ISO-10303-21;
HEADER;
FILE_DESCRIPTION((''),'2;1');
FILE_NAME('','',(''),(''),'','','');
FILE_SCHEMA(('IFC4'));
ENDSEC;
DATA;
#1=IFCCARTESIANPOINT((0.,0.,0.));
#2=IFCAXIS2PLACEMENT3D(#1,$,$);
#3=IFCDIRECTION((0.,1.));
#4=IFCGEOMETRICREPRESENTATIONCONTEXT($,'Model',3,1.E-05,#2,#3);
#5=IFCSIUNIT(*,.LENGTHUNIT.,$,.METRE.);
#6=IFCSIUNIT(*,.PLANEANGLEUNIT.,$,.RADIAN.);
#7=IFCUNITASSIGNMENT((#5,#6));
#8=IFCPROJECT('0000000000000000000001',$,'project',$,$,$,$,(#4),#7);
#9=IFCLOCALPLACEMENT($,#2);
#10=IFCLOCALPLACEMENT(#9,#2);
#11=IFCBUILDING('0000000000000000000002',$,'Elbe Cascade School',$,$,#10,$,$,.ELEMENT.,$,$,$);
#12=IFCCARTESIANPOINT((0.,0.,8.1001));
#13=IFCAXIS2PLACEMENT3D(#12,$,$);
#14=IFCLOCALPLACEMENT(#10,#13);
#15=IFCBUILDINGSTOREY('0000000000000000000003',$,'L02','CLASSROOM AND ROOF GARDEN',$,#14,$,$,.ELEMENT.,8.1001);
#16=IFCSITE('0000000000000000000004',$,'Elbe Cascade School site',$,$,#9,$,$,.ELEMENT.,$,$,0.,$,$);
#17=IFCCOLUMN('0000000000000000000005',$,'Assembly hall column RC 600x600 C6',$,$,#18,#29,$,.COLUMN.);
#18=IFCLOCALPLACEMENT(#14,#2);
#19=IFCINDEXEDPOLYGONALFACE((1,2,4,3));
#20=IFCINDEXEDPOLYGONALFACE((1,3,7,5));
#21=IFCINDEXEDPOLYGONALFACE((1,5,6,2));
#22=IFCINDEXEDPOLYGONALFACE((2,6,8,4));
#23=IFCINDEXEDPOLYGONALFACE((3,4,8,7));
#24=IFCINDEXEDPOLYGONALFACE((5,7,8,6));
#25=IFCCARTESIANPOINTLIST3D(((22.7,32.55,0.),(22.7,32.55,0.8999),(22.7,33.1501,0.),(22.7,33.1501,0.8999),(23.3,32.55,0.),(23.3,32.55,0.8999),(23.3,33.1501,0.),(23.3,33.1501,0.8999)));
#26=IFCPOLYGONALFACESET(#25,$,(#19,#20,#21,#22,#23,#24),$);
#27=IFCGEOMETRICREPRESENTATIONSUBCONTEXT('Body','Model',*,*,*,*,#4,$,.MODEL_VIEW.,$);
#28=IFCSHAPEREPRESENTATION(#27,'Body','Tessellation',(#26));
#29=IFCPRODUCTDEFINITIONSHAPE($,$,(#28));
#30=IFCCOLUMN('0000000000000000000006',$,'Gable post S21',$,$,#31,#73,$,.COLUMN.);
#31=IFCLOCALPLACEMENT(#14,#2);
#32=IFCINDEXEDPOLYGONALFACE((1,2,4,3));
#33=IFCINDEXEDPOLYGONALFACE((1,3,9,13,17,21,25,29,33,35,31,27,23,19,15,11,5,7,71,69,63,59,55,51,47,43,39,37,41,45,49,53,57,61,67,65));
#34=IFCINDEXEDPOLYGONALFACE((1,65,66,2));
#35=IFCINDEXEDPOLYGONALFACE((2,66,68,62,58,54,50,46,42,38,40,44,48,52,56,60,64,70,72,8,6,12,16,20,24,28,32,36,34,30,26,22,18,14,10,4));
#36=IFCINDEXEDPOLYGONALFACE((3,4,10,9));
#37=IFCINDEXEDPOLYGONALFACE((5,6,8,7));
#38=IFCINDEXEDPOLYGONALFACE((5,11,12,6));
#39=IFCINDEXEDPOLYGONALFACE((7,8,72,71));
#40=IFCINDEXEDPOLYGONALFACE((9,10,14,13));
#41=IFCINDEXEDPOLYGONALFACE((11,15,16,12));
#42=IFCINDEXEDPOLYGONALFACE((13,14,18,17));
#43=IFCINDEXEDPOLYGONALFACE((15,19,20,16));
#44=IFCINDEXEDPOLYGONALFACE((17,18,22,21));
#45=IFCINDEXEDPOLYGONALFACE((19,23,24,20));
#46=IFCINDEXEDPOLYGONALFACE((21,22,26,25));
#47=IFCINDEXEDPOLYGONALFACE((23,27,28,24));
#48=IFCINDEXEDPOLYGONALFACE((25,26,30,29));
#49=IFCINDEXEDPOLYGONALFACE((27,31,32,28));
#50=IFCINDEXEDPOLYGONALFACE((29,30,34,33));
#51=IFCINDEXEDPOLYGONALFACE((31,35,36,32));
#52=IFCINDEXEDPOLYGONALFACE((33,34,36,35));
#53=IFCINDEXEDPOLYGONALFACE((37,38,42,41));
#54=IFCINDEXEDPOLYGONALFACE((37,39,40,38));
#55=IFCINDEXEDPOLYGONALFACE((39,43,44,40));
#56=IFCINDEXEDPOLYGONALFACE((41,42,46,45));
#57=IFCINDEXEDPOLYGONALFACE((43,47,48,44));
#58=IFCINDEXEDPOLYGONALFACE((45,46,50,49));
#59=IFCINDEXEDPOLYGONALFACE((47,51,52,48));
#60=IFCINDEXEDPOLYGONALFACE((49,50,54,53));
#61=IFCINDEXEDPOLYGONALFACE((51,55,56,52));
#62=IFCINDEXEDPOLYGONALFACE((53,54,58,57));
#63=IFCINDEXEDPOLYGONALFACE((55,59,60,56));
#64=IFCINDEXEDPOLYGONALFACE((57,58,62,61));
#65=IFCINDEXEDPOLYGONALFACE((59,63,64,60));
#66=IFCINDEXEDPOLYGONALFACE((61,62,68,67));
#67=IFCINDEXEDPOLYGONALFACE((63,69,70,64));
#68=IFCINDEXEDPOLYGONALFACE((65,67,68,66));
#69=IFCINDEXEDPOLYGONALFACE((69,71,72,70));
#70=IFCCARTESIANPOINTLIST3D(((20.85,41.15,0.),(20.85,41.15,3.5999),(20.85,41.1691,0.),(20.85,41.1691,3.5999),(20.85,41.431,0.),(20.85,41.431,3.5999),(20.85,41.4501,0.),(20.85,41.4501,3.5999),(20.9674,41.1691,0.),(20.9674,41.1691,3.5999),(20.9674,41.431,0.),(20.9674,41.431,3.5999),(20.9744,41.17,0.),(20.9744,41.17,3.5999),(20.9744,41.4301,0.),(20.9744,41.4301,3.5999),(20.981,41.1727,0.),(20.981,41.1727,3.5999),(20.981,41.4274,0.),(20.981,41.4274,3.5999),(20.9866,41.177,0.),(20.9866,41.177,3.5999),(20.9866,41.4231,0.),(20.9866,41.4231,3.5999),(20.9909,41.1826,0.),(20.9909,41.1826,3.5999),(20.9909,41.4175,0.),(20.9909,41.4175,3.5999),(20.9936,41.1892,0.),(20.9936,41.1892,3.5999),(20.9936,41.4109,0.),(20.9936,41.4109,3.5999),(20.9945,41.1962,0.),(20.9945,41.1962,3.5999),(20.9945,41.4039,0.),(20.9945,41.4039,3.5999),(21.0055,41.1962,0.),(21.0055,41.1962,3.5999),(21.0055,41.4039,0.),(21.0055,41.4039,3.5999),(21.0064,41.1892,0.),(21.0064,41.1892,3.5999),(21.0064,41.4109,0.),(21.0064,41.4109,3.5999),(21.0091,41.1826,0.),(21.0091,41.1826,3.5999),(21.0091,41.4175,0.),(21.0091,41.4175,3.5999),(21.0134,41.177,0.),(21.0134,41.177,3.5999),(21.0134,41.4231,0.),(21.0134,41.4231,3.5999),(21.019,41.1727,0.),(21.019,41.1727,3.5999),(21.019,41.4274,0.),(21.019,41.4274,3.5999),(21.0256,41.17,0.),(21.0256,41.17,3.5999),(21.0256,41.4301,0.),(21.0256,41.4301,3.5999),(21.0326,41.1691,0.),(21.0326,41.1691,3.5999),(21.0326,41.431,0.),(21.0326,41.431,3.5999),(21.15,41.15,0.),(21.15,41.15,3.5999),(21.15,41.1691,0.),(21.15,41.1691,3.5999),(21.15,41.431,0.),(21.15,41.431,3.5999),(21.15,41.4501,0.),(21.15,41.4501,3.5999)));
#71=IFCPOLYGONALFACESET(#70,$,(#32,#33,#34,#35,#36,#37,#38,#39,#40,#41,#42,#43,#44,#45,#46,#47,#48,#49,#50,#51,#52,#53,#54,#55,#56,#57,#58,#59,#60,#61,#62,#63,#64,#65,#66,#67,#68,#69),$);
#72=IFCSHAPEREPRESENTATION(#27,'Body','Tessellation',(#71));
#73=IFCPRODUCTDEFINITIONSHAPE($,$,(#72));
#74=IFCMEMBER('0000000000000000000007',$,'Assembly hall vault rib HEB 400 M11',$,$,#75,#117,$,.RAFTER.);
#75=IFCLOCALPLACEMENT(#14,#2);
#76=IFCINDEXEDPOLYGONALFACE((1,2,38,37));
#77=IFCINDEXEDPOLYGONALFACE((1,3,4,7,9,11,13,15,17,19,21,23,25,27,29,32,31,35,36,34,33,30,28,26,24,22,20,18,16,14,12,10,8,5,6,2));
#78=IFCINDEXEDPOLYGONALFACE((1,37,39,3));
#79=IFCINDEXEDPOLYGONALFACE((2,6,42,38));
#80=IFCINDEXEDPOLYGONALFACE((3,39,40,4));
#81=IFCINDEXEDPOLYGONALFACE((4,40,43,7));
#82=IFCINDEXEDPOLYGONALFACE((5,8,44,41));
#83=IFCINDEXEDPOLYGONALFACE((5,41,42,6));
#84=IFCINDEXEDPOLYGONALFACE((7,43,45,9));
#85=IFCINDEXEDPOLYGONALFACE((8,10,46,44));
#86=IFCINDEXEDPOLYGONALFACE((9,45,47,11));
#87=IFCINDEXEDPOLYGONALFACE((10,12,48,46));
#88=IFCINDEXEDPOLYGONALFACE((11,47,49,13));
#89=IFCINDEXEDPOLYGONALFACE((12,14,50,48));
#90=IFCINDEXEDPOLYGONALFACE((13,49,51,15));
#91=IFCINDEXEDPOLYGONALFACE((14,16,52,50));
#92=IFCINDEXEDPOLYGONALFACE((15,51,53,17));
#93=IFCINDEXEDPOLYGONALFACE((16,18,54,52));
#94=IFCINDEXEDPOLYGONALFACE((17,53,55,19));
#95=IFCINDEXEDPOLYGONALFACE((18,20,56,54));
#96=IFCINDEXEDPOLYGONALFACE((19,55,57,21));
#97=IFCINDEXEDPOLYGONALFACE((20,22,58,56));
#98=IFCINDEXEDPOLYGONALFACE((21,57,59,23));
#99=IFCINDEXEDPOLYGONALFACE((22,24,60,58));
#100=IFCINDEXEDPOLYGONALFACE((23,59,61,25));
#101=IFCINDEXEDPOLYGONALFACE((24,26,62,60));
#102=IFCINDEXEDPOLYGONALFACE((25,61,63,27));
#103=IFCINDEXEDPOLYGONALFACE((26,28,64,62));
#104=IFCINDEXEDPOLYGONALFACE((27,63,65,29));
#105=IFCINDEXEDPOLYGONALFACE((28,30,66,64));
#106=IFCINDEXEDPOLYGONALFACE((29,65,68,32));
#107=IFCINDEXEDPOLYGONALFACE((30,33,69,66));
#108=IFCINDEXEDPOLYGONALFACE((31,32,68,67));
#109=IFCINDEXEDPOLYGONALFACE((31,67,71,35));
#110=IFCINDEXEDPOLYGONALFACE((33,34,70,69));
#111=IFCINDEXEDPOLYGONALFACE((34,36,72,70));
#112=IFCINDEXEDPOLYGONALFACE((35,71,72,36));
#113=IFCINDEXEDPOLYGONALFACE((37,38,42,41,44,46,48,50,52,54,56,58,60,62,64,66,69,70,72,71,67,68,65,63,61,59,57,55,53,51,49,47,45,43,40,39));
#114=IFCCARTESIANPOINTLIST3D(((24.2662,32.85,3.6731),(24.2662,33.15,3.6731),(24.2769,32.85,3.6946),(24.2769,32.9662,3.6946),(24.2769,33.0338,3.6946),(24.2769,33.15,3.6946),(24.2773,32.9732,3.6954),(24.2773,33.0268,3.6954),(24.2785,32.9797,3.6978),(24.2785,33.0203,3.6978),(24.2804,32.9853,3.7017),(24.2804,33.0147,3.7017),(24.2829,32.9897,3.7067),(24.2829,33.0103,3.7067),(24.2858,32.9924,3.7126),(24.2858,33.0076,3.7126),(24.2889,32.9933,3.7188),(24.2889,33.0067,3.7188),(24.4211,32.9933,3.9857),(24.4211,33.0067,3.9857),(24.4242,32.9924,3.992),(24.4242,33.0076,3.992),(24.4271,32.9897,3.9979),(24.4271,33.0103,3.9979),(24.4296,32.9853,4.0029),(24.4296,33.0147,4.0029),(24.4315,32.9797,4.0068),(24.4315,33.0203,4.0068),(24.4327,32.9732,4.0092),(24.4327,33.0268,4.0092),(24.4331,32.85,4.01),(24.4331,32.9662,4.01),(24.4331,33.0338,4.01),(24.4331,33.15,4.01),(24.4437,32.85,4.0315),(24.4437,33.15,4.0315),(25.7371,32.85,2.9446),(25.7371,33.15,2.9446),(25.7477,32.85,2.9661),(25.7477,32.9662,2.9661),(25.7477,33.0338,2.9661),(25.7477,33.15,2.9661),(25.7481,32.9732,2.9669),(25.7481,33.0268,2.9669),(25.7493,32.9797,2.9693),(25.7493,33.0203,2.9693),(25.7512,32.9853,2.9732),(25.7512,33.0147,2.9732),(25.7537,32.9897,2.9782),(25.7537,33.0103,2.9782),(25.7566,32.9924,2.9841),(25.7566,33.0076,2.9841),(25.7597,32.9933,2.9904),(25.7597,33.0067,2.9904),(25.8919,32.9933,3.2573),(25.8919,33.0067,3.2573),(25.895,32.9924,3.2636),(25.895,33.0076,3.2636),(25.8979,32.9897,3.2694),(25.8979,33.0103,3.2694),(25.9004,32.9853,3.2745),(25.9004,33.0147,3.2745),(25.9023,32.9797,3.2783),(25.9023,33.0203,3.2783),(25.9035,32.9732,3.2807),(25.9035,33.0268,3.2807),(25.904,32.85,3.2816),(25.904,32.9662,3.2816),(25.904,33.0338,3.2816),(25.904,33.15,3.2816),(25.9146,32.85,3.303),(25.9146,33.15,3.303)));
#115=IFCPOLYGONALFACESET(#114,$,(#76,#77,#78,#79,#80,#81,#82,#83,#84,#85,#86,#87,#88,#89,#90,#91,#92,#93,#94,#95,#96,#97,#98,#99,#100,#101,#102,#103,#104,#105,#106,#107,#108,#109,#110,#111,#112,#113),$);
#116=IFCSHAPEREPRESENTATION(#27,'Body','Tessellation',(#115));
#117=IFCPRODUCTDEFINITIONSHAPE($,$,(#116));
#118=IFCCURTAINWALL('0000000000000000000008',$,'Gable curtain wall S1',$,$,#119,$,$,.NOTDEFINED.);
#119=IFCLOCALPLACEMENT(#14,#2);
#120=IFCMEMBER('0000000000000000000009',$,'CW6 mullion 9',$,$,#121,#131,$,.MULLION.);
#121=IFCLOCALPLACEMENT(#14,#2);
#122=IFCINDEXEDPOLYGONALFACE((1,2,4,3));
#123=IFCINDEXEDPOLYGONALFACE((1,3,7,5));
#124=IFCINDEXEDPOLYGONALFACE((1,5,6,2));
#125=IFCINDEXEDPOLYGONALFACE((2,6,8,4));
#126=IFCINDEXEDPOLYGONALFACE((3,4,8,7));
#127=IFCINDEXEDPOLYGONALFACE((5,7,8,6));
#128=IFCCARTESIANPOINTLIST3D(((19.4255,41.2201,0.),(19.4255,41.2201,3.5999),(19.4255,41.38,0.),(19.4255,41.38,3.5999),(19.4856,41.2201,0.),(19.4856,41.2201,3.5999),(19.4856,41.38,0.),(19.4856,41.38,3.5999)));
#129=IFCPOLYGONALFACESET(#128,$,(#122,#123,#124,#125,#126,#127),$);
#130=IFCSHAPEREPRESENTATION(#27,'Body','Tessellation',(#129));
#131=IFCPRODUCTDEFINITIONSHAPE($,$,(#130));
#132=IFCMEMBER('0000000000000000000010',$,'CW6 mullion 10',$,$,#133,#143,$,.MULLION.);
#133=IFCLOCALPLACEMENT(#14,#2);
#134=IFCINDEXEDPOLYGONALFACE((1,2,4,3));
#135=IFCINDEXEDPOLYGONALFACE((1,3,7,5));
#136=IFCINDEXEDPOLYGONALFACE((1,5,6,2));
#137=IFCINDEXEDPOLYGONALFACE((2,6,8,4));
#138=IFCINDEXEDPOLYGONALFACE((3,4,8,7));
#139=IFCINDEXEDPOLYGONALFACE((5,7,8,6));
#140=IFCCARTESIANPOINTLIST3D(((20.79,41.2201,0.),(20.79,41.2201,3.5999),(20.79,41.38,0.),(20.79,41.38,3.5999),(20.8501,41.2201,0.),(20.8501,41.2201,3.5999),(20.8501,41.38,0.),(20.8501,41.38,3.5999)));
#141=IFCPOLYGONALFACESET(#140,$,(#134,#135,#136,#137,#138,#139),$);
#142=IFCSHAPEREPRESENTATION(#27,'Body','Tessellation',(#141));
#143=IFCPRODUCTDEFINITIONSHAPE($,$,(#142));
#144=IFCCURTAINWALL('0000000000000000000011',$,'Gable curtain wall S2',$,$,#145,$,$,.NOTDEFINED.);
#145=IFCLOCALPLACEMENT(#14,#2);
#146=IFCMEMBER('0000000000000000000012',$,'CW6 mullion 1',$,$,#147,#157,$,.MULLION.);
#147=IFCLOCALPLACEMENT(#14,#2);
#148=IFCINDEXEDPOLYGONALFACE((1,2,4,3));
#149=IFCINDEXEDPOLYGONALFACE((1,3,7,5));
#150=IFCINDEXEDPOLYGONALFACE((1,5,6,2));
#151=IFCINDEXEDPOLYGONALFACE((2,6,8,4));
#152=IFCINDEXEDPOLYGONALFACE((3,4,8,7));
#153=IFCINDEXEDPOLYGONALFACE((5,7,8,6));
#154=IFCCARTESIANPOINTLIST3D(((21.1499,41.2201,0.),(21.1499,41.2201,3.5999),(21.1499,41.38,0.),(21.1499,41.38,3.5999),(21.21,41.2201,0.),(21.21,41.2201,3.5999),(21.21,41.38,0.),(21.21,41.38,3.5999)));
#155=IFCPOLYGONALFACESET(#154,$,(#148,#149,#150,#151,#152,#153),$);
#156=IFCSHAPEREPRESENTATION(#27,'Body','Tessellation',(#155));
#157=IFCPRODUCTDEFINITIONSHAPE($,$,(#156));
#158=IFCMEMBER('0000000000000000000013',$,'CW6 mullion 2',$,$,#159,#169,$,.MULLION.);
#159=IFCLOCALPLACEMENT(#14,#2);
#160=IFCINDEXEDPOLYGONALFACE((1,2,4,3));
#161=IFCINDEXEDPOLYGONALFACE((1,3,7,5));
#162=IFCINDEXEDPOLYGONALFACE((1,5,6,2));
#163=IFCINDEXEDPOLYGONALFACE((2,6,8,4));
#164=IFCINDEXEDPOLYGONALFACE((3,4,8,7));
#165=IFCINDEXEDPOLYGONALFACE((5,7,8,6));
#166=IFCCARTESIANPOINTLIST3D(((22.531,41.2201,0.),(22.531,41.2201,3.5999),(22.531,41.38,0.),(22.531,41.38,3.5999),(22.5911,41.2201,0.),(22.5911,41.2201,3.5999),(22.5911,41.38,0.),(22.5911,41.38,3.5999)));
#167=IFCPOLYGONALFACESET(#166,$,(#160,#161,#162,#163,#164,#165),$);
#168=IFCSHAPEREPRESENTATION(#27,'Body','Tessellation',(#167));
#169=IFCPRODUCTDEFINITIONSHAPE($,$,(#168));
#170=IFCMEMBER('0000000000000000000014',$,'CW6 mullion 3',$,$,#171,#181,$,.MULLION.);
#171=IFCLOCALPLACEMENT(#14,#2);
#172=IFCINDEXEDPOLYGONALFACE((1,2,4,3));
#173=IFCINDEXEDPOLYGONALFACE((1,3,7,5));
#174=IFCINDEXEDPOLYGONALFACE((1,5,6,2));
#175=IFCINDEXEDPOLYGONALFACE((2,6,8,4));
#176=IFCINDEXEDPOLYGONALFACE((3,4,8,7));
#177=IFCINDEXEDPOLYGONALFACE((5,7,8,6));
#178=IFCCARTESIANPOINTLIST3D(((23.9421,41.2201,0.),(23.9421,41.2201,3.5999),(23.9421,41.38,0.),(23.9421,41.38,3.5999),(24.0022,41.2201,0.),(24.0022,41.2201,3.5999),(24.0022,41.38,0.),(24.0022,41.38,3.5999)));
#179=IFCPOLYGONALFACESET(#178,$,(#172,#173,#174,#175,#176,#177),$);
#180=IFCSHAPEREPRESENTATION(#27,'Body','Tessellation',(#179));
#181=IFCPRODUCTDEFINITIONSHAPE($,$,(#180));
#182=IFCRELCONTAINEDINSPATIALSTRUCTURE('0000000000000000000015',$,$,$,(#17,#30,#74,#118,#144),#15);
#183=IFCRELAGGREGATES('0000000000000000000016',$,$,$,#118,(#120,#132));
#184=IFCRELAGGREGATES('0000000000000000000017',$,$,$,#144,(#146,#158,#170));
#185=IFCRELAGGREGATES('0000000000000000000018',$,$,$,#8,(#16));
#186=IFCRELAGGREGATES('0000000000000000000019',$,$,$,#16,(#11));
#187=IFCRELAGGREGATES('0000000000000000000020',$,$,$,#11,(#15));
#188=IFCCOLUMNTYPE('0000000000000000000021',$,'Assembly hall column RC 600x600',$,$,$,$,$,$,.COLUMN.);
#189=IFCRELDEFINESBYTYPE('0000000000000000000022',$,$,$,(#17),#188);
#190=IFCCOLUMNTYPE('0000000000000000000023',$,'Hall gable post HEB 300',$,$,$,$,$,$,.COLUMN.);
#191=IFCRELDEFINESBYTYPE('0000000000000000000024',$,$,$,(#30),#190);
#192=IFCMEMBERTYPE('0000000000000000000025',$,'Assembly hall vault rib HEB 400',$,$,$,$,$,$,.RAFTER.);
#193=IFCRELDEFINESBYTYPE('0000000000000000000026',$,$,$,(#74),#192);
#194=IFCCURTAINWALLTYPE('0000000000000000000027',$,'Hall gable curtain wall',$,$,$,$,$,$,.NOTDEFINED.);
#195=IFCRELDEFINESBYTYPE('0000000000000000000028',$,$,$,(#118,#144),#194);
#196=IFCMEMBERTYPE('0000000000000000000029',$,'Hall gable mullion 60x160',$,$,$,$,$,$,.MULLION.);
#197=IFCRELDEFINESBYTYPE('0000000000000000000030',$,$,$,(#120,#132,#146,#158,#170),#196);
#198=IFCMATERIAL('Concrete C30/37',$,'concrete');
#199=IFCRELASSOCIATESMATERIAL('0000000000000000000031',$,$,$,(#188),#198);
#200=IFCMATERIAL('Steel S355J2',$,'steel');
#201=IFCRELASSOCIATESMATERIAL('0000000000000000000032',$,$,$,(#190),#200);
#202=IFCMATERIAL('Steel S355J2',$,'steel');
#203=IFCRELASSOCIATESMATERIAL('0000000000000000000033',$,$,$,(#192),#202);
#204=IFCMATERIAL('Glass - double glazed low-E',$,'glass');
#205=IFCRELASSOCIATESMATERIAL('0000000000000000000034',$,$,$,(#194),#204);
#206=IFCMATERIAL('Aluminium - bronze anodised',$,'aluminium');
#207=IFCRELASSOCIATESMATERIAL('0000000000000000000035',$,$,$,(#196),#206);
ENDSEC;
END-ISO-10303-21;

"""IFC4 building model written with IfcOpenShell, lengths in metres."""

from ifc_helpers import new_model, si_unit, direction, frame, origin, origin_2d, place, context, subcontext, project, spatial, rectangle, i_section, extrude, material, material_profile, profile_set, type_object, element, aggregate, save


model = new_model("IFC4")

# Units and contexts
model_context = context("Model", 3, precision=1e-05, world=origin(), true_north=direction((0.0, 1.0)))
body_context = subcontext(model_context, "Body", "Model", "MODEL_VIEW")
ifc_project = project(units=[si_unit("LENGTHUNIT", "METRE"), si_unit("PLANEANGLEUNIT", "RADIAN")], contexts=[model_context])

# Site, building, storey
site_placement = place(None, origin())
site = spatial("IfcSite", under=ifc_project, at=site_placement, Name="Elbe Cascade School site", CompositionType="ELEMENT", RefElevation=0.0)
building_placement = place(site_placement, origin())
building = spatial("IfcBuilding", under=site, at=building_placement, Name="Elbe Cascade School", CompositionType="ELEMENT")
storey_placement = place(building_placement, frame((0.0, 0.0, 8.1001)))
storey = spatial("IfcBuildingStorey", under=building, at=storey_placement, Name="L02", Description="CLASSROOM AND ROOF GARDEN", CompositionType="ELEMENT", Elevation=8.1001)

# Columns
ifc_material_1 = material(Name="Concrete C30/37", Category="concrete")
ifc_material_profile_1 = material_profile(ifc_material_1, rectangle(XDim=0.6001, YDim=0.6001, at=origin_2d()), Name="RC 600x600")
ifc_profile_set_1 = profile_set([ifc_material_profile_1], Name="Concrete C30/37")
column_type_1 = type_object("IfcColumnType", Name="Assembly hall column RC 600x600", PredefinedType="COLUMN", material=ifc_profile_set_1)
column_1_placement = place(storey_placement, frame((23.0, 32.8501, 0.0), z_axis=(0.0, 0.0, 1.0), x_axis=(1.0, 0.0, 0.0)))
element("IfcColumn", 1, at=column_1_placement, inside=storey, type_object=column_type_1, Name="Assembly hall column RC 600x600 C6", PredefinedType="COLUMN", context=body_context, shape_type="SweptSolid", body=[
    extrude(rectangle(XDim=0.6001, YDim=0.6001, at=origin_2d()), origin(), (0.0, 0.0, 1.0), 0.8999),
])
ifc_material_2 = material(Name="Steel S355J2", Category="steel")
ifc_material_profile_2 = material_profile(ifc_material_2, i_section(OverallWidth=0.3, OverallDepth=0.3, WebThickness=0.011, FlangeThickness=0.019, FilletRadius=0.0271, at=origin_2d()), Name="HEB 300")
ifc_profile_set_2 = profile_set([ifc_material_profile_2], Name="Steel S355J2")
column_type_2 = type_object("IfcColumnType", Name="Hall gable post HEB 300", PredefinedType="COLUMN", material=ifc_profile_set_2)
column_2_placement = place(storey_placement, frame((21.0, 41.3, 0.0), z_axis=(0.0, 0.0, 1.0), x_axis=(1.0, 0.0, 0.0)))
element("IfcColumn", 2, at=column_2_placement, inside=storey, type_object=column_type_2, Name="Gable post S21", PredefinedType="COLUMN", context=body_context, shape_type="SweptSolid", body=[
    extrude(i_section(OverallWidth=0.3, OverallDepth=0.3, WebThickness=0.011, FlangeThickness=0.019, FilletRadius=0.0271, at=origin_2d()), origin(), (0.0, 0.0, 1.0), 3.5999),
])

# Member
ifc_material_3 = material(Name="Steel S355J2", Category="steel")
ifc_material_profile_3 = material_profile(ifc_material_3, i_section(OverallWidth=0.3, OverallDepth=0.3999, WebThickness=0.0134, FlangeThickness=0.0239, FilletRadius=0.0271, at=origin_2d()), Name="HEB 400")
ifc_profile_set_3 = profile_set([ifc_material_profile_3], Name="Steel S355J2")
member_type_1 = type_object("IfcMemberType", Name="Assembly hall vault rib HEB 400", PredefinedType="RAFTER", material=ifc_profile_set_3)
member_1_placement = place(storey_placement, frame((24.355, 33.0, 3.8523), z_axis=(0.896116, 0.0, -0.443819), x_axis=(0.0, 1.0, 0.0)))
element("IfcMember", 3, at=member_1_placement, inside=storey, type_object=member_type_1, Name="Assembly hall vault rib HEB 400 M11", PredefinedType="RAFTER", context=body_context, shape_type="SweptSolid", body=[
    extrude(i_section(OverallWidth=0.3, OverallDepth=0.3999, WebThickness=0.0134, FlangeThickness=0.0239, FilletRadius=0.0271, at=origin_2d()), origin(), (0.0, 0.0, 1.0), 1.6414),
])

# Curtain walls, members
ifc_material_4 = material(Name="Glass - double glazed low-E", Category="glass")
curtain_wall_type = type_object("IfcCurtainWallType", Name="Hall gable curtain wall", PredefinedType="NOTDEFINED", material=ifc_material_4)
curtain_wall_1_placement = place(storey_placement, origin())
curtain_wall_1 = element("IfcCurtainWall", 4, at=curtain_wall_1_placement, inside=storey, type_object=curtain_wall_type, Name="Gable curtain wall S1", PredefinedType="NOTDEFINED")
ifc_material_5 = material(Name="Aluminium - bronze anodised", Category="aluminium")
ifc_material_profile_4 = material_profile(ifc_material_5, rectangle(XDim=0.1599, YDim=0.0601, at=origin_2d()), Name="Alu 60x160")
ifc_profile_set_4 = profile_set([ifc_material_profile_4], Name="Aluminium - bronze anodised")
member_type_2 = type_object("IfcMemberType", Name="Hall gable mullion 60x160", PredefinedType="MULLION", material=ifc_profile_set_4)
member_2_placement = place(storey_placement, frame((19.4556, 41.3, 0.0), z_axis=(0.0, 0.0, 1.0), x_axis=(0.0, 1.0, 0.0)))
member_2 = element("IfcMember", 5, at=member_2_placement, type_object=member_type_2, Name="CW6 mullion 9", PredefinedType="MULLION", context=body_context, shape_type="SweptSolid", body=[
    extrude(rectangle(XDim=0.1599, YDim=0.0601, at=origin_2d()), origin(), (0.0, 0.0, 1.0), 3.5999),
])
member_3_placement = place(storey_placement, frame((20.8201, 41.3, 0.0), z_axis=(0.0, 0.0, 1.0), x_axis=(0.0, 1.0, 0.0)))
member_3 = element("IfcMember", 6, at=member_3_placement, type_object=member_type_2, Name="CW6 mullion 10", PredefinedType="MULLION", context=body_context, shape_type="SweptSolid", body=[
    extrude(rectangle(XDim=0.1599, YDim=0.0601, at=origin_2d()), origin(), (0.0, 0.0, 1.0), 3.5999),
])
curtain_wall_2_placement = place(storey_placement, origin())
curtain_wall_2 = element("IfcCurtainWall", 7, at=curtain_wall_2_placement, inside=storey, type_object=curtain_wall_type, Name="Gable curtain wall S2", PredefinedType="NOTDEFINED")
member_4_placement = place(storey_placement, frame((21.1799, 41.3, 0.0), z_axis=(0.0, 0.0, 1.0), x_axis=(0.0, 1.0, 0.0)))
member_4 = element("IfcMember", 8, at=member_4_placement, type_object=member_type_2, Name="CW6 mullion 1", PredefinedType="MULLION", context=body_context, shape_type="SweptSolid", body=[
    extrude(rectangle(XDim=0.1599, YDim=0.0601, at=origin_2d()), origin(), (0.0, 0.0, 1.0), 3.5999),
])
member_5_placement = place(storey_placement, frame((22.561, 41.3, 0.0), z_axis=(0.0, 0.0, 1.0), x_axis=(0.0, 1.0, 0.0)))
member_5 = element("IfcMember", 9, at=member_5_placement, type_object=member_type_2, Name="CW6 mullion 2", PredefinedType="MULLION", context=body_context, shape_type="SweptSolid", body=[
    extrude(rectangle(XDim=0.1599, YDim=0.0601, at=origin_2d()), origin(), (0.0, 0.0, 1.0), 3.5999),
])
member_6_placement = place(storey_placement, frame((23.9722, 41.3, 0.0), z_axis=(0.0, 0.0, 1.0), x_axis=(0.0, 1.0, 0.0)))
member_6 = element("IfcMember", 10, at=member_6_placement, type_object=member_type_2, Name="CW6 mullion 3", PredefinedType="MULLION", context=body_context, shape_type="SweptSolid", body=[
    extrude(rectangle(XDim=0.1599, YDim=0.0601, at=origin_2d()), origin(), (0.0, 0.0, 1.0), 3.5999),
])

aggregate(curtain_wall_1, [member_2, member_3])
aggregate(curtain_wall_2, [member_4, member_5, member_6])

save(model, "model.ifc")
